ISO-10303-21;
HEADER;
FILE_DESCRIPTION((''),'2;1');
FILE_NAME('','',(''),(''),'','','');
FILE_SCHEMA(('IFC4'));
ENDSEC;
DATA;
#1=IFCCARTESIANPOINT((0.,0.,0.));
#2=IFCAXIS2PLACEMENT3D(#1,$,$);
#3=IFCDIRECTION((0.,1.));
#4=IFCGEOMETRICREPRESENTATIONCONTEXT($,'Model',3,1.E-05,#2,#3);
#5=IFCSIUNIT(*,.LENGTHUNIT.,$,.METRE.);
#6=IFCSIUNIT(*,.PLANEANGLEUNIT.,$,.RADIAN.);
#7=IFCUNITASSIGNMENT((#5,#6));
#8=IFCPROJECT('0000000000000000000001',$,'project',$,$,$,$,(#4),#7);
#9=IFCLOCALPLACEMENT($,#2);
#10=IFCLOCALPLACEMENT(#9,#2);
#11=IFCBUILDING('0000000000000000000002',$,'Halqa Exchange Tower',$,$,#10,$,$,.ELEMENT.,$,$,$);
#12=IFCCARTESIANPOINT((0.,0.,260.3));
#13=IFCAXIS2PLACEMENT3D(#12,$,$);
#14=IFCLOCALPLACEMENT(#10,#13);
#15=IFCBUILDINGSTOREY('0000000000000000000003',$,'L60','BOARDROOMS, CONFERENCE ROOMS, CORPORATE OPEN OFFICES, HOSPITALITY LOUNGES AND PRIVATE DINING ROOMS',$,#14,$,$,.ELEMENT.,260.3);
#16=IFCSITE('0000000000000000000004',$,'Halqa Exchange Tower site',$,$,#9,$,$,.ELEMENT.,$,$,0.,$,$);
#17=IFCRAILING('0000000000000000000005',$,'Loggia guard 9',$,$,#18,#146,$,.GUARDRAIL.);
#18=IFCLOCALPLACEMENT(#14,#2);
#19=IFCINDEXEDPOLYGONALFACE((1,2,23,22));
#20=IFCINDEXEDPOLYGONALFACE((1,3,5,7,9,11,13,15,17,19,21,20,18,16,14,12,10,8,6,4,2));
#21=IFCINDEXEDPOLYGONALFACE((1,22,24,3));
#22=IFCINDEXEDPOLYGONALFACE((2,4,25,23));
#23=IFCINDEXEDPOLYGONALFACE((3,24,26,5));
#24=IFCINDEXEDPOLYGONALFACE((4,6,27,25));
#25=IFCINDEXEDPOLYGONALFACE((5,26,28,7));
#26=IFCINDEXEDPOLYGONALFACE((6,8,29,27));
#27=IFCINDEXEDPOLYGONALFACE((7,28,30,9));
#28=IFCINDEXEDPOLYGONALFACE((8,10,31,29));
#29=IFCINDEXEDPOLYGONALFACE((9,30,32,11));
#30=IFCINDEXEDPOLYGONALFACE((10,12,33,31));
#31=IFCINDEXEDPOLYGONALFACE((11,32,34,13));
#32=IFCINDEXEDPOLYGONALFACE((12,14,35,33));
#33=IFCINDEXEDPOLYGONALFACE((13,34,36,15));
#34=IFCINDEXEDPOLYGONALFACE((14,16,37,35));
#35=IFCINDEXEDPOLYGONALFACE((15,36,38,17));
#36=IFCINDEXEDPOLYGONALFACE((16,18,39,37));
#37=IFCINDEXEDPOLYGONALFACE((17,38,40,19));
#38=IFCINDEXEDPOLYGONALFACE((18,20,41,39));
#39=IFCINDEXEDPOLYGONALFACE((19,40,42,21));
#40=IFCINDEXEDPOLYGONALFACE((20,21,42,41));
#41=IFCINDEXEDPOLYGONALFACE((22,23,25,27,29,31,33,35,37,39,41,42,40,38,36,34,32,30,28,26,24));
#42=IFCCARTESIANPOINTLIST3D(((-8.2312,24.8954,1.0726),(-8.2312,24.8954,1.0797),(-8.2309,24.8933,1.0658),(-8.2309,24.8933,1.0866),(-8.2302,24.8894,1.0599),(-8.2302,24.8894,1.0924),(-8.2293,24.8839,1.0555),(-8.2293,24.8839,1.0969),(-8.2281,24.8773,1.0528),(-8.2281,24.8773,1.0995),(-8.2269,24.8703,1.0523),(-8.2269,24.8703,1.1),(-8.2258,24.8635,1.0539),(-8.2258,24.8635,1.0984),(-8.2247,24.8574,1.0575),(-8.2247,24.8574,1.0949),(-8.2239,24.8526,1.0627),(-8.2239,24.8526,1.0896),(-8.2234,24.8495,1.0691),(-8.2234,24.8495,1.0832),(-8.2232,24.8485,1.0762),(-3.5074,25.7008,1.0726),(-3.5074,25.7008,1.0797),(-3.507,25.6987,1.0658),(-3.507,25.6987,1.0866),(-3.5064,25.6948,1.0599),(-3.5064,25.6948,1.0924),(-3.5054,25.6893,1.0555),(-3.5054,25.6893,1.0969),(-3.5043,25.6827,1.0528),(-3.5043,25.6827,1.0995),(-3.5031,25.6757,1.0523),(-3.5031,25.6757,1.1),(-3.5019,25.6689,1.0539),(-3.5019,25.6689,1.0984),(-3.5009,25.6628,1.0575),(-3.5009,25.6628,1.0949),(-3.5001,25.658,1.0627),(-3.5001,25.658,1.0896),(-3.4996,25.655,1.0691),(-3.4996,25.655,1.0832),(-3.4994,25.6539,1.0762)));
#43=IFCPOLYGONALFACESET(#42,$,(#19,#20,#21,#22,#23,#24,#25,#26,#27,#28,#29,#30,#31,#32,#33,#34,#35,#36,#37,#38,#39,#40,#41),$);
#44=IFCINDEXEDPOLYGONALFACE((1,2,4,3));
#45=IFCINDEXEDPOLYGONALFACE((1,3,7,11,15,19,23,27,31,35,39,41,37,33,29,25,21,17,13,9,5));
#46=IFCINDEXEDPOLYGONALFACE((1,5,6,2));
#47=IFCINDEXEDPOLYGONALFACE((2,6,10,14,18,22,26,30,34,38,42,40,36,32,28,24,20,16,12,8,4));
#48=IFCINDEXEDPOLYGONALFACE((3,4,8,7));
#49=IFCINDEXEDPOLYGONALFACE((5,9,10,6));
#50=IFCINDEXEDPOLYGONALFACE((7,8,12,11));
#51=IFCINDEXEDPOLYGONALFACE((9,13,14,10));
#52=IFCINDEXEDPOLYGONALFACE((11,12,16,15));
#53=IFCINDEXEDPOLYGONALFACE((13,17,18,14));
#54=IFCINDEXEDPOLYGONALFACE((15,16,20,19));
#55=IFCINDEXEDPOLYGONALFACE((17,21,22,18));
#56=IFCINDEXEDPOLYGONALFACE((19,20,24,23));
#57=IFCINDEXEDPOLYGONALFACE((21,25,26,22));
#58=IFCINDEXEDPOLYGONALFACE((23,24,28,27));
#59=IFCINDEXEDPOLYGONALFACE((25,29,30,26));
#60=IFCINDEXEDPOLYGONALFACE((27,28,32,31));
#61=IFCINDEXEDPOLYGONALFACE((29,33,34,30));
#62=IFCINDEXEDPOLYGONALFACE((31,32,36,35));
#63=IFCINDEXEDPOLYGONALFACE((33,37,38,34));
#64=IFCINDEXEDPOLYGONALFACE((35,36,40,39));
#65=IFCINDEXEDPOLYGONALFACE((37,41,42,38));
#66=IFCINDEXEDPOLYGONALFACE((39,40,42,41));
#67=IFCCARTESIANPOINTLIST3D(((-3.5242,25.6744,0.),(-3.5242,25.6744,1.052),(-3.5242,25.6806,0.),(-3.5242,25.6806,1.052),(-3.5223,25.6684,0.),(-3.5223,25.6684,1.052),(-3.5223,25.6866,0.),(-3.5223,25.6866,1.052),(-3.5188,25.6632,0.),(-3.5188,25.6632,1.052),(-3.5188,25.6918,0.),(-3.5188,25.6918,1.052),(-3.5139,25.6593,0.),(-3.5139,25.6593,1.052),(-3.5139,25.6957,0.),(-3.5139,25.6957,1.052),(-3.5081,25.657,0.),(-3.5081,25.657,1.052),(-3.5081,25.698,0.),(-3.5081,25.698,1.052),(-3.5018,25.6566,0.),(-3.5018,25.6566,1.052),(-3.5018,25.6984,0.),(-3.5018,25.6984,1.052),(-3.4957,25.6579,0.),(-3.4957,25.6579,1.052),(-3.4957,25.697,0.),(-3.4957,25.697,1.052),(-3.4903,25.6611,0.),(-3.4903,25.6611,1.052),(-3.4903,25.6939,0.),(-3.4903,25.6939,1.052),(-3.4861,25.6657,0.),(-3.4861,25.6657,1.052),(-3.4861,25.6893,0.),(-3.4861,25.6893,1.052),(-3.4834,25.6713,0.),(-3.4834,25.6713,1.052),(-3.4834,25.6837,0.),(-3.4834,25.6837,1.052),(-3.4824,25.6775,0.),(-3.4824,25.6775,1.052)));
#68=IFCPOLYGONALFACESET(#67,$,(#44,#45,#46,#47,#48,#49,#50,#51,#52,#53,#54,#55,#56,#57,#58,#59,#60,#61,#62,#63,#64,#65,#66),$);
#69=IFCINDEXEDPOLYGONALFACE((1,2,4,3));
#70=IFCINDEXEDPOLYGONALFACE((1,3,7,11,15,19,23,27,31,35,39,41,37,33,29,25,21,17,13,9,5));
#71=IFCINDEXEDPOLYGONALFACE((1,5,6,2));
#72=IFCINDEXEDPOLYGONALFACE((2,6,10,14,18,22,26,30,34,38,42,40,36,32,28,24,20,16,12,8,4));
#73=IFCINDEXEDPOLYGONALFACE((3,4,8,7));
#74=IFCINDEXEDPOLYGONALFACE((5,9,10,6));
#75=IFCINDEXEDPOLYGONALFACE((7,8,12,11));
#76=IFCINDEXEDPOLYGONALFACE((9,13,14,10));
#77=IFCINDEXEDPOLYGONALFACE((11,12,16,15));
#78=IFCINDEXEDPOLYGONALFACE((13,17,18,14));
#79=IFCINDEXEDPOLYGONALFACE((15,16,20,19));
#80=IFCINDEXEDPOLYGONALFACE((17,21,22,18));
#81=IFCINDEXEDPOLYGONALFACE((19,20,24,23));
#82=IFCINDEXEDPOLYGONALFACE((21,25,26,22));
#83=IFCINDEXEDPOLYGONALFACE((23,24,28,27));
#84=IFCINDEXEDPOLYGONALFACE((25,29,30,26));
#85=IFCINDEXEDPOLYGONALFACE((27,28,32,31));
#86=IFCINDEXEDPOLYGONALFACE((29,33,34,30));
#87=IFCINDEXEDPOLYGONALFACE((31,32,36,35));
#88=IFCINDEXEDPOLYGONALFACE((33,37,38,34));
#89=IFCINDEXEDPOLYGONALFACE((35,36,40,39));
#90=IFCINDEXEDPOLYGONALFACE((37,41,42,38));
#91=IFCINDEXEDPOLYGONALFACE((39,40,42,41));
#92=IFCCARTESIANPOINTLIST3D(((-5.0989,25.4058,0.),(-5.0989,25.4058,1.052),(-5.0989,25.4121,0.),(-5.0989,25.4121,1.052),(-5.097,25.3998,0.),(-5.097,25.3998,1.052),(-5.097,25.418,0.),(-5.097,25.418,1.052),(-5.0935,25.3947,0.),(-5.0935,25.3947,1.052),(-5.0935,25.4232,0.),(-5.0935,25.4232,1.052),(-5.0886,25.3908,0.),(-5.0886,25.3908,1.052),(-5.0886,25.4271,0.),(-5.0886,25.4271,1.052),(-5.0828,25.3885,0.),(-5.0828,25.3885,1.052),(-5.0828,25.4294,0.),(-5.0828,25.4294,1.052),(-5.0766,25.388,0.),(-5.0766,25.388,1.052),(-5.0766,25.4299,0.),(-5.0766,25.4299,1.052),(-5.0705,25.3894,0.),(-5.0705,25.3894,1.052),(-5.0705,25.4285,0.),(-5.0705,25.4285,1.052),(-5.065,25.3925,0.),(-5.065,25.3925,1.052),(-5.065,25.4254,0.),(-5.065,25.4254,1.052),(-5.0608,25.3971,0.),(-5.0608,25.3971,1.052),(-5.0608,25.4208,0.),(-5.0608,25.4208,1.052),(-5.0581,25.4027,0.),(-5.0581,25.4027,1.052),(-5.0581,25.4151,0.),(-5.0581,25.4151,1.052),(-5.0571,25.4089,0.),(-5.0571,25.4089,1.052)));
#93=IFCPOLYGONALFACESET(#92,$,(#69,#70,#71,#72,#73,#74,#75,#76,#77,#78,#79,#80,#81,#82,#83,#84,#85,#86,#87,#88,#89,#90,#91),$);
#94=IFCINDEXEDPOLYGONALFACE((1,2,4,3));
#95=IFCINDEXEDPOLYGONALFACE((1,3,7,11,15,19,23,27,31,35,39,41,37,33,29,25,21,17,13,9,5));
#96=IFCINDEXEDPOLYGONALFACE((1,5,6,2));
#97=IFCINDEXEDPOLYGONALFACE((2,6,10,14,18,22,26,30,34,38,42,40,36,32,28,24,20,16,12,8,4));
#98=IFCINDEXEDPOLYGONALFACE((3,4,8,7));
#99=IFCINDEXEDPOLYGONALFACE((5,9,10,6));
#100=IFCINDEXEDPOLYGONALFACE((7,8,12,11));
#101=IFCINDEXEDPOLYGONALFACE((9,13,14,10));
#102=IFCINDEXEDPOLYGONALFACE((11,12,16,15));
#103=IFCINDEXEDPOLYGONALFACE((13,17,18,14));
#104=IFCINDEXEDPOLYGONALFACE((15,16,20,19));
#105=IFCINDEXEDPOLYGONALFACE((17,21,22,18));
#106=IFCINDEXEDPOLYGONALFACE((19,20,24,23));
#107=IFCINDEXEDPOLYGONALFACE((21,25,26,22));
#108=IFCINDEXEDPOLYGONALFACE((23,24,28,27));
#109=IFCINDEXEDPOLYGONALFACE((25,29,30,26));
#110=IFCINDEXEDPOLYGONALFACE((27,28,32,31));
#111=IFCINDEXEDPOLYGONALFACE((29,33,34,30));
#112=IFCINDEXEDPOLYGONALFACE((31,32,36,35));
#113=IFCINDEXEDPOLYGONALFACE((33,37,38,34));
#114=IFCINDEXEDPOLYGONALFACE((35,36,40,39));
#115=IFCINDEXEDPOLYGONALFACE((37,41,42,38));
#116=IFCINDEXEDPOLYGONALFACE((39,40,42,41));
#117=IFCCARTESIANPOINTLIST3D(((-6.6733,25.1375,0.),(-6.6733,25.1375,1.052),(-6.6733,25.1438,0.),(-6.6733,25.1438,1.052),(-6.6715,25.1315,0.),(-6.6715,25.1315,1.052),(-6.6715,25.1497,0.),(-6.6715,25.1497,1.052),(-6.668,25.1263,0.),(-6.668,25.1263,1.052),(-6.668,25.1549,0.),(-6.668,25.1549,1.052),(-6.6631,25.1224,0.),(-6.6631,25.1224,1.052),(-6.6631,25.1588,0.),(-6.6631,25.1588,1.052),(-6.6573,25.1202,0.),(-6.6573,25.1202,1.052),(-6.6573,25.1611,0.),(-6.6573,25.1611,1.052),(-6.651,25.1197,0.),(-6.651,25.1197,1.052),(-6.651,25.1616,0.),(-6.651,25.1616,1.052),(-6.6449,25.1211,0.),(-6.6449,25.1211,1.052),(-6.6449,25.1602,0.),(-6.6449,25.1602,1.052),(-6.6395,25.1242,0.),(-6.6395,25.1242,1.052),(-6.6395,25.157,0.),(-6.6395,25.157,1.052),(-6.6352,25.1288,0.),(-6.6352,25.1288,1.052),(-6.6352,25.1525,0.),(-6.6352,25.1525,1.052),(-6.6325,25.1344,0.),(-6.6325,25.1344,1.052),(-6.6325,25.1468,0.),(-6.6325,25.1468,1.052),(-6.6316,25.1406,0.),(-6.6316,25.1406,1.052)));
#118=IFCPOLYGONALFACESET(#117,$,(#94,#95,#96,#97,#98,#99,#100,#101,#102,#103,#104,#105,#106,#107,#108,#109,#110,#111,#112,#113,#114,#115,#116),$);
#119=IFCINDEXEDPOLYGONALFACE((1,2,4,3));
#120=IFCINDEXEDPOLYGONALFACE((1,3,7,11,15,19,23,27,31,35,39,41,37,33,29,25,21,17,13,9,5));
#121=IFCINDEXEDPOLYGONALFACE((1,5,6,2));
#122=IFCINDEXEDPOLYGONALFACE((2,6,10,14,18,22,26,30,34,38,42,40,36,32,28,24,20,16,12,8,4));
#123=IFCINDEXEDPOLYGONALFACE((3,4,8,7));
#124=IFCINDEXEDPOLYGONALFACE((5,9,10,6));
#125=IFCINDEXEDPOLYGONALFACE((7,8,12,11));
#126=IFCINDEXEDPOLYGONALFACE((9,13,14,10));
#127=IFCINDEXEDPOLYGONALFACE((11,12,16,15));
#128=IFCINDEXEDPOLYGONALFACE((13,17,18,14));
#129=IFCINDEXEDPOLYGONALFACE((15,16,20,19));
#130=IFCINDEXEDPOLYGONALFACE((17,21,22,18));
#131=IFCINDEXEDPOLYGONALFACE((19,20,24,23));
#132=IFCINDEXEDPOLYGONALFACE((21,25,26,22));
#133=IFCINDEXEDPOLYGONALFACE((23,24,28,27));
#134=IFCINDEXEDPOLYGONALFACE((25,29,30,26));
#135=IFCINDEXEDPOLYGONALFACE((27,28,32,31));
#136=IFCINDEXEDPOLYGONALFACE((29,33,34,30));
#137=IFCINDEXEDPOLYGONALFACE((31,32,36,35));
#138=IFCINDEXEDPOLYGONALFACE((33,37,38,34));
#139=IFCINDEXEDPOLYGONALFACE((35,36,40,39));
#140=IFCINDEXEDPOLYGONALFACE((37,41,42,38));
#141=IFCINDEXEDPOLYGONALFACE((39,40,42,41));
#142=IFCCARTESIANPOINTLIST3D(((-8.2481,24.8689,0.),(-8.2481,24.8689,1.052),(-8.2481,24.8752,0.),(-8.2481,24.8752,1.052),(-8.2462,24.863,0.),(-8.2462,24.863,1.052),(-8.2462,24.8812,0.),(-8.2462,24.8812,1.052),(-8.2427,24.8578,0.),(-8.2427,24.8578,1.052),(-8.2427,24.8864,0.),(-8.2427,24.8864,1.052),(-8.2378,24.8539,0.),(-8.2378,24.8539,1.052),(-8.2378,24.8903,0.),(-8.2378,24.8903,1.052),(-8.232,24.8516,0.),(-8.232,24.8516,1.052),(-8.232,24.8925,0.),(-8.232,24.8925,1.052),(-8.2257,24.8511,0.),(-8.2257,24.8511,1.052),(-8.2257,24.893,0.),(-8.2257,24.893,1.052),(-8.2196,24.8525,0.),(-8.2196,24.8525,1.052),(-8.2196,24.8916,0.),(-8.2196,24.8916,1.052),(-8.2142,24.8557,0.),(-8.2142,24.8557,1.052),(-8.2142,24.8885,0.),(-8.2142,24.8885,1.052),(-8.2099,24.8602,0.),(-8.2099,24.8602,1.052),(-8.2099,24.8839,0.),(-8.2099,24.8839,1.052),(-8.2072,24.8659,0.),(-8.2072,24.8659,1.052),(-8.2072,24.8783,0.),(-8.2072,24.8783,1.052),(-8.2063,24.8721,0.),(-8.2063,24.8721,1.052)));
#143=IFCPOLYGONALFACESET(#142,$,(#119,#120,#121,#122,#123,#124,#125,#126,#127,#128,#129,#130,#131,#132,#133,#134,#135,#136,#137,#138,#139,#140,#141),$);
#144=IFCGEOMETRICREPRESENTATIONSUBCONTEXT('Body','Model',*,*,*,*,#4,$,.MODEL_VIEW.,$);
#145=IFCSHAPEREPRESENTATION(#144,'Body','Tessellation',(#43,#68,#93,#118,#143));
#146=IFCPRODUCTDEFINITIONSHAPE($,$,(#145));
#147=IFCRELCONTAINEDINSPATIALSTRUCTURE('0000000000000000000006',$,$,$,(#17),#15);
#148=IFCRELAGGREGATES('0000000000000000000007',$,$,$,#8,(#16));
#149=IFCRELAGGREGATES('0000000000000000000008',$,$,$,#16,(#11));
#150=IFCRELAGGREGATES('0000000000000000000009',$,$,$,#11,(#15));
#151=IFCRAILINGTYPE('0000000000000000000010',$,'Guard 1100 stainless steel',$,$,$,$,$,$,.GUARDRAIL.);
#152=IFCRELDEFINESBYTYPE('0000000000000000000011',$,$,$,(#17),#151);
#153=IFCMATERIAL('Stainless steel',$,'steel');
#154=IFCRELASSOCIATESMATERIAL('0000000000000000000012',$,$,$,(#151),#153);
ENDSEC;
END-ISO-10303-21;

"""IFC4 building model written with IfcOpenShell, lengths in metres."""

from ifc_helpers import new_model, si_unit, direction, frame, origin, origin_2d, place, context, subcontext, project, spatial, circle, extrude, material, type_object, element, save


model = new_model("IFC4")

# Units and contexts
model_context = context("Model", 3, precision=1e-05, world=origin(), true_north=direction((0.0, 1.0)))
body_context = subcontext(model_context, "Body", "Model", "MODEL_VIEW")
ifc_project = project(units=[si_unit("LENGTHUNIT", "METRE"), si_unit("PLANEANGLEUNIT", "RADIAN")], contexts=[model_context])

# Site, building, storey
site_placement = place(None, origin())
site = spatial("IfcSite", under=ifc_project, at=site_placement, Name="Halqa Exchange Tower site", CompositionType="ELEMENT", RefElevation=0.0)
building_placement = place(site_placement, origin())
building = spatial("IfcBuilding", under=site, at=building_placement, Name="Halqa Exchange Tower", CompositionType="ELEMENT")
storey_placement = place(building_placement, frame((0.0, 0.0, 260.3)))
storey = spatial("IfcBuildingStorey", under=building, at=storey_placement, Name="L60", Description="BOARDROOMS, CONFERENCE ROOMS, CORPORATE OPEN OFFICES, HOSPITALITY LOUNGES AND PRIVATE DINING ROOMS", CompositionType="ELEMENT", Elevation=260.3)

# Railing
ifc_material_1 = material(Name="Stainless steel", Category="steel")
railing_type_1 = type_object("IfcRailingType", Name="Guard 1100 stainless steel", PredefinedType="GUARDRAIL", material=ifc_material_1)
railing_1_placement = place(storey_placement, frame((-3.5034, 25.6775, 0.0)))
element("IfcRailing", 1, at=railing_1_placement, inside=storey, type_object=railing_type_1, Name="Loggia guard 9", PredefinedType="GUARDRAIL", context=body_context, shape_type="SweptSolid", body=[
    extrude(circle(Radius=0.0239, at=origin_2d()), frame((0.0, 0.0, 1.0762), z_axis=(-0.985774, -0.168074, 0.0), x_axis=(0.168074, -0.985774, 0.0)), (0.0, 0.0, 1.0), 4.792),
    extrude(circle(Radius=0.021, at=origin_2d()), origin(), (0.0, 0.0, 1.0), 1.052),
    extrude(circle(Radius=0.021, at=origin_2d()), frame((-1.5747, -0.2686, 0.0)), (0.0, 0.0, 1.0), 1.052),
    extrude(circle(Radius=0.021, at=origin_2d()), frame((-3.1492, -0.5369, 0.0)), (0.0, 0.0, 1.0), 1.052),
    extrude(circle(Radius=0.021, at=origin_2d()), frame((-4.7239, -0.8054, 0.0)), (0.0, 0.0, 1.0), 1.052),
])

save(model, "model.ifc")
